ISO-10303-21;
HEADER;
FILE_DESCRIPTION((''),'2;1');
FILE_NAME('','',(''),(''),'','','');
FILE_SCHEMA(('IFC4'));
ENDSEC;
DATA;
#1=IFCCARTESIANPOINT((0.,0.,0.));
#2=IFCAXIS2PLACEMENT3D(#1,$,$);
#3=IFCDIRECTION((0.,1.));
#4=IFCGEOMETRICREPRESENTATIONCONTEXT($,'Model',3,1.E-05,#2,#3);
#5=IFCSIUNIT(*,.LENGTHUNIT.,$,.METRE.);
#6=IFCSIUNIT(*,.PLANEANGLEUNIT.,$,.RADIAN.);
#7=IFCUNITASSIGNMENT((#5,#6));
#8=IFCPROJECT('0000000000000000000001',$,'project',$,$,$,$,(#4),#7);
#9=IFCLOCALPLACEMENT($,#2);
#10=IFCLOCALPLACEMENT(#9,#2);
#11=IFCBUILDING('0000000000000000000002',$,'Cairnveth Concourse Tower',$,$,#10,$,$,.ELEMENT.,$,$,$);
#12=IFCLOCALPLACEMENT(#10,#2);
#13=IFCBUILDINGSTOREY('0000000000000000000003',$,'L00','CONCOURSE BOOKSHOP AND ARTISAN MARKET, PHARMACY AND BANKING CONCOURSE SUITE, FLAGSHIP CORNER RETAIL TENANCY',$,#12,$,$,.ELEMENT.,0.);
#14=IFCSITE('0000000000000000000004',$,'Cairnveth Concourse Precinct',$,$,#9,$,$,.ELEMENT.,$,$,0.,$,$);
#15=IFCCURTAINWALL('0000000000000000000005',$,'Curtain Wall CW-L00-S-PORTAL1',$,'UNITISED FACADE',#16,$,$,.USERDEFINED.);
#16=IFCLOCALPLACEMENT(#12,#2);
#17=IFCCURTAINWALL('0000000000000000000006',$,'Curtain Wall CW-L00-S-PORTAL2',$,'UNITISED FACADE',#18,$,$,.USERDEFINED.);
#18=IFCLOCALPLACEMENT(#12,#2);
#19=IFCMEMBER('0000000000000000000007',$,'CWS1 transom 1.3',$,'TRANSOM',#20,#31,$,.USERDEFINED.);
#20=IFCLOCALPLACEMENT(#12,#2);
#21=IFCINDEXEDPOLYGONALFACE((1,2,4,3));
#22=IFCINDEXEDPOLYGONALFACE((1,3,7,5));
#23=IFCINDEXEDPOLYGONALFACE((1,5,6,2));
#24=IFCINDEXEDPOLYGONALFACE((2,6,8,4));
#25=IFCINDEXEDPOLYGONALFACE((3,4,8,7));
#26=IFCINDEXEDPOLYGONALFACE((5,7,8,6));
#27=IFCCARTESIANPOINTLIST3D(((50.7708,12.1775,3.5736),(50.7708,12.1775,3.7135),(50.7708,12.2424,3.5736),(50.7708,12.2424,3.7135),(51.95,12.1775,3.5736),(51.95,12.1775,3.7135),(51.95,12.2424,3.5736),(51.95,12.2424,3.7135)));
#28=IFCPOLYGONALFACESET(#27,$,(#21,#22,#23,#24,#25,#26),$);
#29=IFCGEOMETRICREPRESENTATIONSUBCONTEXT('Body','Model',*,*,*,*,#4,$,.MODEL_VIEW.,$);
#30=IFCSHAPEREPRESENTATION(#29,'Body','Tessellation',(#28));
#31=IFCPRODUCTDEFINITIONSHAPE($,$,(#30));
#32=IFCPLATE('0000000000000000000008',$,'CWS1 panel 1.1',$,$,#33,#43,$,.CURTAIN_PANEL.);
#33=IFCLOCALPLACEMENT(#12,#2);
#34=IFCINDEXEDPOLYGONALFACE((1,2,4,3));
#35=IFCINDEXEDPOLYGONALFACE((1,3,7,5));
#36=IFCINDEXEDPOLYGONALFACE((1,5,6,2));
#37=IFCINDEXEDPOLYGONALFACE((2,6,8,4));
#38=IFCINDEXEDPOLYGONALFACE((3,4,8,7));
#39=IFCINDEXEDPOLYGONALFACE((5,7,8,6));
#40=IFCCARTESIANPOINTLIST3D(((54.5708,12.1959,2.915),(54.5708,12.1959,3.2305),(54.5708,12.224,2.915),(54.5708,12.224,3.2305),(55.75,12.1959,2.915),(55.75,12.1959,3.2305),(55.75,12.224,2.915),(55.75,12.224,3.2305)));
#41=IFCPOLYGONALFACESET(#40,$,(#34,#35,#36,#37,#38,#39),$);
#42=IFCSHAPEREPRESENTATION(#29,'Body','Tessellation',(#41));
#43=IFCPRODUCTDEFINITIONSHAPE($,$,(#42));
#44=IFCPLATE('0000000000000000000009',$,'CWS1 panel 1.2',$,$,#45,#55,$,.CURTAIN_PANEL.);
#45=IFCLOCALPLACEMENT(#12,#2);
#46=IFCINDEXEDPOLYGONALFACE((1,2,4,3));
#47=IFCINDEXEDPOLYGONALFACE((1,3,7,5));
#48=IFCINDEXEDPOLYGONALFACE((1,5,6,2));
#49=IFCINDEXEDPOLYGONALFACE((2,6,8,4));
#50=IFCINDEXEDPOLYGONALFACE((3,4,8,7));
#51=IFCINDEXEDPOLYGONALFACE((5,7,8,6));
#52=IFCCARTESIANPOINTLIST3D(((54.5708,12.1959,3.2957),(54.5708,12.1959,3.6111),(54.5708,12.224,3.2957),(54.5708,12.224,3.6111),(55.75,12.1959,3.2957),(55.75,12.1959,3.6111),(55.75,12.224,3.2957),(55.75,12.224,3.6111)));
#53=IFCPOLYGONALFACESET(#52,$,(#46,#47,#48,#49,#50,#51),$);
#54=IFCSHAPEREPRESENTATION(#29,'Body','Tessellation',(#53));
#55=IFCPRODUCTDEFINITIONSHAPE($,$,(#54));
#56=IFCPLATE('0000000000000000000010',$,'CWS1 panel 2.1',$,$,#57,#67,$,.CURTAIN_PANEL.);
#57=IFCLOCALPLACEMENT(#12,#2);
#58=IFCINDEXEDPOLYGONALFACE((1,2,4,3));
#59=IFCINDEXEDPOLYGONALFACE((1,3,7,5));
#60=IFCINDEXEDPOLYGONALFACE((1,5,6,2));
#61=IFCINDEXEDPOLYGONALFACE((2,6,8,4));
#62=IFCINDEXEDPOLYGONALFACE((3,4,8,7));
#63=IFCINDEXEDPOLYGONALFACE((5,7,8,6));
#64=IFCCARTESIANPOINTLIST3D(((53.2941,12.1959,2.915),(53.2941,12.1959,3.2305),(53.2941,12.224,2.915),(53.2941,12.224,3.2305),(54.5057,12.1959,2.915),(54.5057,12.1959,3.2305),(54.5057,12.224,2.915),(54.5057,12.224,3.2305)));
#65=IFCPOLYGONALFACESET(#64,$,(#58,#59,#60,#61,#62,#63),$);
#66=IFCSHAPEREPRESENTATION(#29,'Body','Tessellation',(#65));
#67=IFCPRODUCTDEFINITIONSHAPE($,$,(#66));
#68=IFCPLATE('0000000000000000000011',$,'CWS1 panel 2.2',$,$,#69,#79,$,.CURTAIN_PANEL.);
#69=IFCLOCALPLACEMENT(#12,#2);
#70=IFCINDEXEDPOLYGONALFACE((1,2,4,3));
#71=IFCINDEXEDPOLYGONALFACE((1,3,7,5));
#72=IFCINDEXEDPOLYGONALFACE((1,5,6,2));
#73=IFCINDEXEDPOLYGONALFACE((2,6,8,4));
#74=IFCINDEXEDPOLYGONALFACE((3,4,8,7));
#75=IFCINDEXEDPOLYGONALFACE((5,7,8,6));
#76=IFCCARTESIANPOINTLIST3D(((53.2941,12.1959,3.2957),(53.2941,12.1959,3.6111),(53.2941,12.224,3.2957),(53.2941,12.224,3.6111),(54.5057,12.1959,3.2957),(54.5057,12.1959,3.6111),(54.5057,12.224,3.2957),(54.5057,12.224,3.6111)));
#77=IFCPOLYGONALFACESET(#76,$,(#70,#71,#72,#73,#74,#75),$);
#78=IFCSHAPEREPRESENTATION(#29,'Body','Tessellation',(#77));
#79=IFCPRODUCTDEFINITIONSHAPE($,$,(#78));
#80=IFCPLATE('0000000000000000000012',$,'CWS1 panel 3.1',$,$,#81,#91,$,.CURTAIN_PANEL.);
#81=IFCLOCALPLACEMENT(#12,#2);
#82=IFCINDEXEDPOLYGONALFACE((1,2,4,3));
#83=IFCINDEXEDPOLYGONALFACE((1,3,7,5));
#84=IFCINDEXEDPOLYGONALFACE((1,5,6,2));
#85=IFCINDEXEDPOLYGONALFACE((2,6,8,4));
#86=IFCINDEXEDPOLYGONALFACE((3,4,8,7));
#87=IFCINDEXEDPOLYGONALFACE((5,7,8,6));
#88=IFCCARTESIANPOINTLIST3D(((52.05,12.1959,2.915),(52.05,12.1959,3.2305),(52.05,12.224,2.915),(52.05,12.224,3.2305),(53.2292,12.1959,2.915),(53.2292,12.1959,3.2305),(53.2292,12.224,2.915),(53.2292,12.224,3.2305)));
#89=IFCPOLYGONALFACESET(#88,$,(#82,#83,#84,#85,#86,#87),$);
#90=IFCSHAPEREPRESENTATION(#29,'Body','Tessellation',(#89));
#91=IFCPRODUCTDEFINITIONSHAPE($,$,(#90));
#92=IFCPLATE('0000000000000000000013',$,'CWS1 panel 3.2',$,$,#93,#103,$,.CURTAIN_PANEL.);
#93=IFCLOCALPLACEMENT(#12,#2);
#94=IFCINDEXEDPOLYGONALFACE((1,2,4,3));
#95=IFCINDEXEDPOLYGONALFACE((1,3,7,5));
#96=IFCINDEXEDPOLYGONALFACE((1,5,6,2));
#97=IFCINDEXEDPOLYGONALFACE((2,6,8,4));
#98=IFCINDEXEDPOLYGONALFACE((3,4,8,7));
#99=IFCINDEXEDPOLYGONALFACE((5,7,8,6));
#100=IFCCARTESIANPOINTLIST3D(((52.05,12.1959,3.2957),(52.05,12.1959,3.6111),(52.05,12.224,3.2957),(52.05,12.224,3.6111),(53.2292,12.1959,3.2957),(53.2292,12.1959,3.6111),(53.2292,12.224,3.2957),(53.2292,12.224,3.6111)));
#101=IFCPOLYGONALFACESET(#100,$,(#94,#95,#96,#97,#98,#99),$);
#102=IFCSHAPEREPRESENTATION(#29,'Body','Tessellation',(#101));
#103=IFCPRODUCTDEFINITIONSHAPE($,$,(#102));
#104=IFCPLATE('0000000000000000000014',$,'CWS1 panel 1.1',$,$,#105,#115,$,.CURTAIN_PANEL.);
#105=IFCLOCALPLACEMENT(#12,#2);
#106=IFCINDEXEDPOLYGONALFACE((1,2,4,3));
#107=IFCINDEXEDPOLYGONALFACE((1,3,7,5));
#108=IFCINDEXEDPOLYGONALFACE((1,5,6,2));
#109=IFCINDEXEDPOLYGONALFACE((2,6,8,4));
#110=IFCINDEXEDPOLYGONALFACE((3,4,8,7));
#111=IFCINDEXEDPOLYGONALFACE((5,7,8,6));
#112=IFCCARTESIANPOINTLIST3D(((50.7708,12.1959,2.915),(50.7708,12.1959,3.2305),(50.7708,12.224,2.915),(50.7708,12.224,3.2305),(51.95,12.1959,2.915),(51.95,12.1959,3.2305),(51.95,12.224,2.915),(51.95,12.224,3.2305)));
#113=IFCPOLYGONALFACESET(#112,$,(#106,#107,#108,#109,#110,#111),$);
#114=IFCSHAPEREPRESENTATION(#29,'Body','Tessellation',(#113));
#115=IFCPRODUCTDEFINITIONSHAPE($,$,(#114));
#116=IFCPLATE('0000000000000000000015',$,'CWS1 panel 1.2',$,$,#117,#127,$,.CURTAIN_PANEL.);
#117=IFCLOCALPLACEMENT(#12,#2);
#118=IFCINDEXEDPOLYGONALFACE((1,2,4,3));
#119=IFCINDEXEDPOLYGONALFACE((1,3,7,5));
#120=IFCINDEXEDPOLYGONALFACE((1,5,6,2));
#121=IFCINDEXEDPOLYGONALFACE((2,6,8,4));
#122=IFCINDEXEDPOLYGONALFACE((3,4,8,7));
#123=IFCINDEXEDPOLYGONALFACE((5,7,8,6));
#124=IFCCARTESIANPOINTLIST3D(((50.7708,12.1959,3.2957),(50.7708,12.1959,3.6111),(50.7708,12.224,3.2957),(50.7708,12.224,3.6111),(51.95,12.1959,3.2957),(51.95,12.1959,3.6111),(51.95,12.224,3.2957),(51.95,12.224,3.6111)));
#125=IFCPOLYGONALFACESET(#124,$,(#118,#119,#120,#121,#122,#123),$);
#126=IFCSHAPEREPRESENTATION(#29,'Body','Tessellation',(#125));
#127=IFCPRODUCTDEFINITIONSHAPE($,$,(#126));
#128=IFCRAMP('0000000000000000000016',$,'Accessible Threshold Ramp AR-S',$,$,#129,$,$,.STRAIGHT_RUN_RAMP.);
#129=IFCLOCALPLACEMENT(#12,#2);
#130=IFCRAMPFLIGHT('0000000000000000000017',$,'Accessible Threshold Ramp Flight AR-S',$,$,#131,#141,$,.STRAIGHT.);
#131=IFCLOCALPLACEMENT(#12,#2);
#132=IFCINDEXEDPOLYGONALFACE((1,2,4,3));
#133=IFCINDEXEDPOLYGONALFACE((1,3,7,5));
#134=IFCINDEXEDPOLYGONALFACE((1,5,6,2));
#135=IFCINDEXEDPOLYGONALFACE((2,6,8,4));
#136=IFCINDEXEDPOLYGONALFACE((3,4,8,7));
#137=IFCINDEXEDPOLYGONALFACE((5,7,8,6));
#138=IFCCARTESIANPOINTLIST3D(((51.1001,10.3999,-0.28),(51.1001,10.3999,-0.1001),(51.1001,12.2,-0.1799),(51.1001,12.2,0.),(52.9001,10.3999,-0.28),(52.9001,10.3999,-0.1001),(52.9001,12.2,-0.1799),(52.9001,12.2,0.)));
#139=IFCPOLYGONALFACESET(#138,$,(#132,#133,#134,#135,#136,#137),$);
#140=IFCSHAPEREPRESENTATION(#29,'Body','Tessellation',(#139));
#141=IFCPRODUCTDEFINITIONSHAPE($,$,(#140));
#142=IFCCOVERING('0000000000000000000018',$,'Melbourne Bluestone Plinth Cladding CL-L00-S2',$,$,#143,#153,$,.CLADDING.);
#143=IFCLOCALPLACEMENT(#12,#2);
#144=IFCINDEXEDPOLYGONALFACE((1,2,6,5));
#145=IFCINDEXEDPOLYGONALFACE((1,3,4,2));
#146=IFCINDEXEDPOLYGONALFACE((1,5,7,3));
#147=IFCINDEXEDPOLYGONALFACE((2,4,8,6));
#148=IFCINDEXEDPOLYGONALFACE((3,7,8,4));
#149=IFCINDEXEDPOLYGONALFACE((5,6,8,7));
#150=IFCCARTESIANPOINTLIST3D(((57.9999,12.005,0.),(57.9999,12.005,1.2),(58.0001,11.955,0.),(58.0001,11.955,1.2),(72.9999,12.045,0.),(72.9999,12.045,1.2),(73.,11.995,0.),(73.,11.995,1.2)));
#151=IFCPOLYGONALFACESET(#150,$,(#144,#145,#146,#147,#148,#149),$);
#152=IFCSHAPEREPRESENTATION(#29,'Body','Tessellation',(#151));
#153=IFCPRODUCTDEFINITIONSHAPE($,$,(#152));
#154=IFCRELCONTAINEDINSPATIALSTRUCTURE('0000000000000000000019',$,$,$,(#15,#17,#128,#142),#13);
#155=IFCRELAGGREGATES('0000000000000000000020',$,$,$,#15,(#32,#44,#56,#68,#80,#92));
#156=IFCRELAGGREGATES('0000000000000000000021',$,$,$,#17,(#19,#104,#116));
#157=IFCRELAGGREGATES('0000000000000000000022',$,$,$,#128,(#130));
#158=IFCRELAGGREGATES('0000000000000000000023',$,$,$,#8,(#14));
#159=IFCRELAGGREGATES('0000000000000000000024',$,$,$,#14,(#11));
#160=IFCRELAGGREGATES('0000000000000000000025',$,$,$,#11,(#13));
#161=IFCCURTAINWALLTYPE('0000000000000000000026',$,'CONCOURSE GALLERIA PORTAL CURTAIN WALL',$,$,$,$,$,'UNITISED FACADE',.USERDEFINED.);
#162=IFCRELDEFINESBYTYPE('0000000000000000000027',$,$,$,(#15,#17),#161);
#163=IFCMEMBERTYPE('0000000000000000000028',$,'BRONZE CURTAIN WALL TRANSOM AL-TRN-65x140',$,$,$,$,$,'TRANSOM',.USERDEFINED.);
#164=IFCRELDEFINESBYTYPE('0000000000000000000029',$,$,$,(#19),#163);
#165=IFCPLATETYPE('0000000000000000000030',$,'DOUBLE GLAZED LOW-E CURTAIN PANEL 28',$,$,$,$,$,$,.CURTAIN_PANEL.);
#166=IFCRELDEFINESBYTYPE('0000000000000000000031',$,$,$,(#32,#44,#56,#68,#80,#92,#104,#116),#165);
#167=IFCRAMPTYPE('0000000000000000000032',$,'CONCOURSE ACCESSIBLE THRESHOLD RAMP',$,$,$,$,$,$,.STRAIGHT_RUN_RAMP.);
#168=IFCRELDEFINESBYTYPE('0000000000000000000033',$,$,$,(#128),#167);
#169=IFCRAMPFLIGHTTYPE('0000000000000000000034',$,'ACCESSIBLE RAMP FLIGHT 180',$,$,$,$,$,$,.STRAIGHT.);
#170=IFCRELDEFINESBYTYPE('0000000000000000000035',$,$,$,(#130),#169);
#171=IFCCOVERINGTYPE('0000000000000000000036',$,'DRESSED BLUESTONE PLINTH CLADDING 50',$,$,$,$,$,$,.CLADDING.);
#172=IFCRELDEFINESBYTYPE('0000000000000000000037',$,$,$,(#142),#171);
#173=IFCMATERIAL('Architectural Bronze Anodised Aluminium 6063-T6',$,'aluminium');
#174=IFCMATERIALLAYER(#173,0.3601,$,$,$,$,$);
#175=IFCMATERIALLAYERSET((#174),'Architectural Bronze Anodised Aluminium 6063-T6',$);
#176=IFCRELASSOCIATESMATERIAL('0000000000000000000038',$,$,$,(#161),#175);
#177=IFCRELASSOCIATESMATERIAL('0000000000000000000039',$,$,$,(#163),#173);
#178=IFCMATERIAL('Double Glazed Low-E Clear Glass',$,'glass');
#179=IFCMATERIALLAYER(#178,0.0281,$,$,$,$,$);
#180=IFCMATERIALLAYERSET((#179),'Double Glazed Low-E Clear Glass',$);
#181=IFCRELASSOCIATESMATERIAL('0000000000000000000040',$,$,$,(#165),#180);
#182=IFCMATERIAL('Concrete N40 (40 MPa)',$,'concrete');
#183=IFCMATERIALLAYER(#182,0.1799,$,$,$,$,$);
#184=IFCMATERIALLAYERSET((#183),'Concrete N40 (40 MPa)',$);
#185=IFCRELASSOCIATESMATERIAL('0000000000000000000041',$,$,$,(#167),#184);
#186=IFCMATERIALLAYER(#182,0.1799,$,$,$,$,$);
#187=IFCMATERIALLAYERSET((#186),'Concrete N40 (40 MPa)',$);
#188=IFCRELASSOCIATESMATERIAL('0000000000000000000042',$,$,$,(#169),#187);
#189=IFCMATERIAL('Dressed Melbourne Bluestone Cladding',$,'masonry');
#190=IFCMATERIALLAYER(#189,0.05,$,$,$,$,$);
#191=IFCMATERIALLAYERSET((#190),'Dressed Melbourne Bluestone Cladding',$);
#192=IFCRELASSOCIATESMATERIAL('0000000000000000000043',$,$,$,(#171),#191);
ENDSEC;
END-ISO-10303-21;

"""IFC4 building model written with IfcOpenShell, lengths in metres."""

from ifc_helpers import new_model, si_unit, direction, frame, frame_2d, origin, origin_2d, place, context, subcontext, project, spatial, polyline, rectangle, outline, extrude, material, layer, layer_set, material_profile, profile_set, type_object, element, aggregate, save


model = new_model("IFC4")

# Units and contexts
model_context = context("Model", 3, precision=1e-05, world=origin(), true_north=direction((0.0, 1.0)))
body_context = subcontext(model_context, "Body", "Model", "MODEL_VIEW")
ifc_project = project(units=[si_unit("LENGTHUNIT", "METRE"), si_unit("PLANEANGLEUNIT", "RADIAN")], contexts=[model_context])

# Site, building, storey
site_placement = place(None, origin())
site = spatial("IfcSite", under=ifc_project, at=site_placement, Name="Cairnveth Concourse Precinct", CompositionType="ELEMENT", RefElevation=0.0)
building_placement = place(site_placement, origin())
building = spatial("IfcBuilding", under=site, at=building_placement, Name="Cairnveth Concourse Tower", CompositionType="ELEMENT")
storey_placement = place(building_placement, origin())
storey = spatial("IfcBuildingStorey", under=building, at=storey_placement, Name="L00", Description="CONCOURSE BOOKSHOP AND ARTISAN MARKET, PHARMACY AND BANKING CONCOURSE SUITE, FLAGSHIP CORNER RETAIL TENANCY", CompositionType="ELEMENT", Elevation=0.0)

# Curtain wall
ifc_material_1 = material(Name="Architectural Bronze Anodised Aluminium 6063-T6", Category="aluminium")
ifc_layer_1 = layer(ifc_material_1, 0.3601)
ifc_layer_set_1 = layer_set([ifc_layer_1], Name="Architectural Bronze Anodised Aluminium 6063-T6")
curtain_wall_type = type_object("IfcCurtainWallType", Name="CONCOURSE GALLERIA PORTAL CURTAIN WALL", ElementType="UNITISED FACADE", PredefinedType="USERDEFINED", material=ifc_layer_set_1)
curtain_wall_1_placement = place(storey_placement, origin())
curtain_wall_1 = element("IfcCurtainWall", 1, at=curtain_wall_1_placement, inside=storey, type_object=curtain_wall_type, Name="Curtain Wall CW-L00-S-PORTAL1", ObjectType="UNITISED FACADE", PredefinedType="USERDEFINED")

# Curtain wall
curtain_wall_2_placement = place(storey_placement, origin())
curtain_wall_2 = element("IfcCurtainWall", 2, at=curtain_wall_2_placement, inside=storey, type_object=curtain_wall_type, Name="Curtain Wall CW-L00-S-PORTAL2", ObjectType="UNITISED FACADE", PredefinedType="USERDEFINED")

# Member
ifc_material_profile_1 = material_profile(ifc_material_1, rectangle(XDim=0.0649, YDim=0.1399, at=origin_2d()), Name="AL-TRN-65x140")
ifc_profile_set_1 = profile_set([ifc_material_profile_1], Name="Architectural Bronze Anodised Aluminium 6063-T6")
member_type_1 = type_object("IfcMemberType", Name="BRONZE CURTAIN WALL TRANSOM AL-TRN-65x140", ElementType="TRANSOM", PredefinedType="USERDEFINED", material=ifc_profile_set_1)
member_1_placement = place(storey_placement, frame((51.95, 12.21, 3.6436), z_axis=(-1.0, 0.0, 0.0), x_axis=(0.0, -1.0, 0.0)))
member_1 = element("IfcMember", 3, at=member_1_placement, type_object=member_type_1, Name="CWS1 transom 1.3", ObjectType="TRANSOM", PredefinedType="USERDEFINED", context=body_context, shape_type="SweptSolid", body=[
    extrude(rectangle(XDim=0.0649, YDim=0.1399, at=origin_2d()), origin(), (0.0, 0.0, 1.0), 1.1792),
])

# Plates
ifc_material_2 = material(Name="Double Glazed Low-E Clear Glass", Category="glass")
ifc_layer_2 = layer(ifc_material_2, 0.0281)
ifc_layer_set_2 = layer_set([ifc_layer_2], Name="Double Glazed Low-E Clear Glass")
plate_type = type_object("IfcPlateType", Name="DOUBLE GLAZED LOW-E CURTAIN PANEL 28", PredefinedType="CURTAIN_PANEL", material=ifc_layer_set_2)
plate_1_placement = place(storey_placement, frame((55.1604, 12.21, 2.915), z_axis=(0.0, 0.0, 1.0), x_axis=(-1.0, 0.0, 0.0)))
plate_1 = element("IfcPlate", 4, at=plate_1_placement, type_object=plate_type, Name="CWS1 panel 1.1", PredefinedType="CURTAIN_PANEL", context=body_context, shape_type="SweptSolid", body=[
    extrude(rectangle(XDim=1.1792, YDim=0.0281, at=origin_2d()), origin(), (0.0, 0.0, 1.0), 0.3154),
])
plate_2_placement = place(storey_placement, frame((55.1604, 12.21, 3.2957), z_axis=(0.0, 0.0, 1.0), x_axis=(-1.0, 0.0, 0.0)))
plate_2 = element("IfcPlate", 5, at=plate_2_placement, type_object=plate_type, Name="CWS1 panel 1.2", PredefinedType="CURTAIN_PANEL", context=body_context, shape_type="SweptSolid", body=[
    extrude(rectangle(XDim=1.1792, YDim=0.0281, at=origin_2d()), origin(), (0.0, 0.0, 1.0), 0.3154),
])
plate_3_placement = place(storey_placement, frame((53.8999, 12.21, 2.915), z_axis=(0.0, 0.0, 1.0), x_axis=(-1.0, 0.0, 0.0)))
plate_3 = element("IfcPlate", 6, at=plate_3_placement, type_object=plate_type, Name="CWS1 panel 2.1", PredefinedType="CURTAIN_PANEL", context=body_context, shape_type="SweptSolid", body=[
    extrude(rectangle(XDim=1.2117, YDim=0.0281, at=origin_2d()), origin(), (0.0, 0.0, 1.0), 0.3154),
])
plate_4_placement = place(storey_placement, frame((53.8999, 12.21, 3.2957), z_axis=(0.0, 0.0, 1.0), x_axis=(-1.0, 0.0, 0.0)))
plate_4 = element("IfcPlate", 7, at=plate_4_placement, type_object=plate_type, Name="CWS1 panel 2.2", PredefinedType="CURTAIN_PANEL", context=body_context, shape_type="SweptSolid", body=[
    extrude(rectangle(XDim=1.2117, YDim=0.0281, at=origin_2d()), origin(), (0.0, 0.0, 1.0), 0.3154),
])
plate_5_placement = place(storey_placement, frame((52.6396, 12.21, 2.915), z_axis=(0.0, 0.0, 1.0), x_axis=(-1.0, 0.0, 0.0)))
plate_5 = element("IfcPlate", 8, at=plate_5_placement, type_object=plate_type, Name="CWS1 panel 3.1", PredefinedType="CURTAIN_PANEL", context=body_context, shape_type="SweptSolid", body=[
    extrude(rectangle(XDim=1.1792, YDim=0.0281, at=origin_2d()), origin(), (0.0, 0.0, 1.0), 0.3154),
])
plate_6_placement = place(storey_placement, frame((52.6396, 12.21, 3.2957), z_axis=(0.0, 0.0, 1.0), x_axis=(-1.0, 0.0, 0.0)))
plate_6 = element("IfcPlate", 9, at=plate_6_placement, type_object=plate_type, Name="CWS1 panel 3.2", PredefinedType="CURTAIN_PANEL", context=body_context, shape_type="SweptSolid", body=[
    extrude(rectangle(XDim=1.1792, YDim=0.0281, at=origin_2d()), origin(), (0.0, 0.0, 1.0), 0.3154),
])
aggregate(curtain_wall_1, [plate_1, plate_2, plate_3, plate_4, plate_5, plate_6])
plate_7_placement = place(storey_placement, frame((51.3604, 12.21, 2.915), z_axis=(0.0, 0.0, 1.0), x_axis=(-1.0, 0.0, 0.0)))
plate_7 = element("IfcPlate", 10, at=plate_7_placement, type_object=plate_type, Name="CWS1 panel 1.1", PredefinedType="CURTAIN_PANEL", context=body_context, shape_type="SweptSolid", body=[
    extrude(rectangle(XDim=1.1792, YDim=0.0281, at=origin_2d()), origin(), (0.0, 0.0, 1.0), 0.3154),
])
plate_8_placement = place(storey_placement, frame((51.3604, 12.21, 3.2957), z_axis=(0.0, 0.0, 1.0), x_axis=(-1.0, 0.0, 0.0)))
plate_8 = element("IfcPlate", 11, at=plate_8_placement, type_object=plate_type, Name="CWS1 panel 1.2", PredefinedType="CURTAIN_PANEL", context=body_context, shape_type="SweptSolid", body=[
    extrude(rectangle(XDim=1.1792, YDim=0.0281, at=origin_2d()), origin(), (0.0, 0.0, 1.0), 0.3154),
])
aggregate(curtain_wall_2, [member_1, plate_7, plate_8])

# Ramp, ramp flight
ifc_material_3 = material(Name="Concrete N40 (40 MPa)", Category="concrete")
ifc_layer_3 = layer(ifc_material_3, 0.1799)
ifc_layer_set_3 = layer_set([ifc_layer_3], Name="Concrete N40 (40 MPa)")
ramp_type = type_object("IfcRampType", Name="CONCOURSE ACCESSIBLE THRESHOLD RAMP", PredefinedType="STRAIGHT_RUN_RAMP", material=ifc_layer_set_3)
ramp_placement = place(storey_placement, origin())
ramp = element("IfcRamp", 12, at=ramp_placement, inside=storey, type_object=ramp_type, Name="Accessible Threshold Ramp AR-S", PredefinedType="STRAIGHT_RUN_RAMP")
ifc_layer_4 = layer(ifc_material_3, 0.1799)
ifc_layer_set_4 = layer_set([ifc_layer_4], Name="Concrete N40 (40 MPa)")
ramp_flight_type = type_object("IfcRampFlightType", Name="ACCESSIBLE RAMP FLIGHT 180", PredefinedType="STRAIGHT", material=ifc_layer_set_4)
ramp_flight_placement = place(storey_placement, frame((52.0, 10.3999, -0.1001), z_axis=(0.0, 0.0, 1.0), x_axis=(0.0, 1.0, 0.0)))
ramp_flight = element("IfcRampFlight", 13, at=ramp_flight_placement, type_object=ramp_flight_type, Name="Accessible Threshold Ramp Flight AR-S", PredefinedType="STRAIGHT", context=body_context, shape_type="SweptSolid", body=[
    extrude(outline(polyline([(0.0, 0.0), (1.8, 0.1001), (1.8, -0.0798), (0.0, -0.1799), (0.0, 0.0)])), frame((0.0, 0.8999, 0.0), z_axis=(0.0, -1.0, 0.0), x_axis=(1.0, 0.0, 0.0)), (0.0, 0.0, 1.0), 1.8),
])
aggregate(ramp, [ramp_flight])

# Covering
ifc_material_4 = material(Name="Dressed Melbourne Bluestone Cladding", Category="masonry")
ifc_layer_5 = layer(ifc_material_4, 0.05)
ifc_layer_set_5 = layer_set([ifc_layer_5], Name="Dressed Melbourne Bluestone Cladding")
covering_type = type_object("IfcCoveringType", Name="DRESSED BLUESTONE PLINTH CLADDING 50", PredefinedType="CLADDING", material=ifc_layer_set_5)
covering_placement = place(storey_placement, frame((58.0, 11.98, 0.0), z_axis=(0.0, 0.0, 1.0), x_axis=(0.999996, 0.002669, 0.0)))
element("IfcCovering", 14, at=covering_placement, inside=storey, type_object=covering_type, Name="Melbourne Bluestone Plinth Cladding CL-L00-S2", PredefinedType="CLADDING", context=body_context, shape_type="SweptSolid", body=[
    extrude(rectangle(XDim=15.0, YDim=0.05, at=frame_2d((7.5, 0.0))), origin(), (0.0, 0.0, 1.0), 1.2),
])

save(model, "model.ifc")
